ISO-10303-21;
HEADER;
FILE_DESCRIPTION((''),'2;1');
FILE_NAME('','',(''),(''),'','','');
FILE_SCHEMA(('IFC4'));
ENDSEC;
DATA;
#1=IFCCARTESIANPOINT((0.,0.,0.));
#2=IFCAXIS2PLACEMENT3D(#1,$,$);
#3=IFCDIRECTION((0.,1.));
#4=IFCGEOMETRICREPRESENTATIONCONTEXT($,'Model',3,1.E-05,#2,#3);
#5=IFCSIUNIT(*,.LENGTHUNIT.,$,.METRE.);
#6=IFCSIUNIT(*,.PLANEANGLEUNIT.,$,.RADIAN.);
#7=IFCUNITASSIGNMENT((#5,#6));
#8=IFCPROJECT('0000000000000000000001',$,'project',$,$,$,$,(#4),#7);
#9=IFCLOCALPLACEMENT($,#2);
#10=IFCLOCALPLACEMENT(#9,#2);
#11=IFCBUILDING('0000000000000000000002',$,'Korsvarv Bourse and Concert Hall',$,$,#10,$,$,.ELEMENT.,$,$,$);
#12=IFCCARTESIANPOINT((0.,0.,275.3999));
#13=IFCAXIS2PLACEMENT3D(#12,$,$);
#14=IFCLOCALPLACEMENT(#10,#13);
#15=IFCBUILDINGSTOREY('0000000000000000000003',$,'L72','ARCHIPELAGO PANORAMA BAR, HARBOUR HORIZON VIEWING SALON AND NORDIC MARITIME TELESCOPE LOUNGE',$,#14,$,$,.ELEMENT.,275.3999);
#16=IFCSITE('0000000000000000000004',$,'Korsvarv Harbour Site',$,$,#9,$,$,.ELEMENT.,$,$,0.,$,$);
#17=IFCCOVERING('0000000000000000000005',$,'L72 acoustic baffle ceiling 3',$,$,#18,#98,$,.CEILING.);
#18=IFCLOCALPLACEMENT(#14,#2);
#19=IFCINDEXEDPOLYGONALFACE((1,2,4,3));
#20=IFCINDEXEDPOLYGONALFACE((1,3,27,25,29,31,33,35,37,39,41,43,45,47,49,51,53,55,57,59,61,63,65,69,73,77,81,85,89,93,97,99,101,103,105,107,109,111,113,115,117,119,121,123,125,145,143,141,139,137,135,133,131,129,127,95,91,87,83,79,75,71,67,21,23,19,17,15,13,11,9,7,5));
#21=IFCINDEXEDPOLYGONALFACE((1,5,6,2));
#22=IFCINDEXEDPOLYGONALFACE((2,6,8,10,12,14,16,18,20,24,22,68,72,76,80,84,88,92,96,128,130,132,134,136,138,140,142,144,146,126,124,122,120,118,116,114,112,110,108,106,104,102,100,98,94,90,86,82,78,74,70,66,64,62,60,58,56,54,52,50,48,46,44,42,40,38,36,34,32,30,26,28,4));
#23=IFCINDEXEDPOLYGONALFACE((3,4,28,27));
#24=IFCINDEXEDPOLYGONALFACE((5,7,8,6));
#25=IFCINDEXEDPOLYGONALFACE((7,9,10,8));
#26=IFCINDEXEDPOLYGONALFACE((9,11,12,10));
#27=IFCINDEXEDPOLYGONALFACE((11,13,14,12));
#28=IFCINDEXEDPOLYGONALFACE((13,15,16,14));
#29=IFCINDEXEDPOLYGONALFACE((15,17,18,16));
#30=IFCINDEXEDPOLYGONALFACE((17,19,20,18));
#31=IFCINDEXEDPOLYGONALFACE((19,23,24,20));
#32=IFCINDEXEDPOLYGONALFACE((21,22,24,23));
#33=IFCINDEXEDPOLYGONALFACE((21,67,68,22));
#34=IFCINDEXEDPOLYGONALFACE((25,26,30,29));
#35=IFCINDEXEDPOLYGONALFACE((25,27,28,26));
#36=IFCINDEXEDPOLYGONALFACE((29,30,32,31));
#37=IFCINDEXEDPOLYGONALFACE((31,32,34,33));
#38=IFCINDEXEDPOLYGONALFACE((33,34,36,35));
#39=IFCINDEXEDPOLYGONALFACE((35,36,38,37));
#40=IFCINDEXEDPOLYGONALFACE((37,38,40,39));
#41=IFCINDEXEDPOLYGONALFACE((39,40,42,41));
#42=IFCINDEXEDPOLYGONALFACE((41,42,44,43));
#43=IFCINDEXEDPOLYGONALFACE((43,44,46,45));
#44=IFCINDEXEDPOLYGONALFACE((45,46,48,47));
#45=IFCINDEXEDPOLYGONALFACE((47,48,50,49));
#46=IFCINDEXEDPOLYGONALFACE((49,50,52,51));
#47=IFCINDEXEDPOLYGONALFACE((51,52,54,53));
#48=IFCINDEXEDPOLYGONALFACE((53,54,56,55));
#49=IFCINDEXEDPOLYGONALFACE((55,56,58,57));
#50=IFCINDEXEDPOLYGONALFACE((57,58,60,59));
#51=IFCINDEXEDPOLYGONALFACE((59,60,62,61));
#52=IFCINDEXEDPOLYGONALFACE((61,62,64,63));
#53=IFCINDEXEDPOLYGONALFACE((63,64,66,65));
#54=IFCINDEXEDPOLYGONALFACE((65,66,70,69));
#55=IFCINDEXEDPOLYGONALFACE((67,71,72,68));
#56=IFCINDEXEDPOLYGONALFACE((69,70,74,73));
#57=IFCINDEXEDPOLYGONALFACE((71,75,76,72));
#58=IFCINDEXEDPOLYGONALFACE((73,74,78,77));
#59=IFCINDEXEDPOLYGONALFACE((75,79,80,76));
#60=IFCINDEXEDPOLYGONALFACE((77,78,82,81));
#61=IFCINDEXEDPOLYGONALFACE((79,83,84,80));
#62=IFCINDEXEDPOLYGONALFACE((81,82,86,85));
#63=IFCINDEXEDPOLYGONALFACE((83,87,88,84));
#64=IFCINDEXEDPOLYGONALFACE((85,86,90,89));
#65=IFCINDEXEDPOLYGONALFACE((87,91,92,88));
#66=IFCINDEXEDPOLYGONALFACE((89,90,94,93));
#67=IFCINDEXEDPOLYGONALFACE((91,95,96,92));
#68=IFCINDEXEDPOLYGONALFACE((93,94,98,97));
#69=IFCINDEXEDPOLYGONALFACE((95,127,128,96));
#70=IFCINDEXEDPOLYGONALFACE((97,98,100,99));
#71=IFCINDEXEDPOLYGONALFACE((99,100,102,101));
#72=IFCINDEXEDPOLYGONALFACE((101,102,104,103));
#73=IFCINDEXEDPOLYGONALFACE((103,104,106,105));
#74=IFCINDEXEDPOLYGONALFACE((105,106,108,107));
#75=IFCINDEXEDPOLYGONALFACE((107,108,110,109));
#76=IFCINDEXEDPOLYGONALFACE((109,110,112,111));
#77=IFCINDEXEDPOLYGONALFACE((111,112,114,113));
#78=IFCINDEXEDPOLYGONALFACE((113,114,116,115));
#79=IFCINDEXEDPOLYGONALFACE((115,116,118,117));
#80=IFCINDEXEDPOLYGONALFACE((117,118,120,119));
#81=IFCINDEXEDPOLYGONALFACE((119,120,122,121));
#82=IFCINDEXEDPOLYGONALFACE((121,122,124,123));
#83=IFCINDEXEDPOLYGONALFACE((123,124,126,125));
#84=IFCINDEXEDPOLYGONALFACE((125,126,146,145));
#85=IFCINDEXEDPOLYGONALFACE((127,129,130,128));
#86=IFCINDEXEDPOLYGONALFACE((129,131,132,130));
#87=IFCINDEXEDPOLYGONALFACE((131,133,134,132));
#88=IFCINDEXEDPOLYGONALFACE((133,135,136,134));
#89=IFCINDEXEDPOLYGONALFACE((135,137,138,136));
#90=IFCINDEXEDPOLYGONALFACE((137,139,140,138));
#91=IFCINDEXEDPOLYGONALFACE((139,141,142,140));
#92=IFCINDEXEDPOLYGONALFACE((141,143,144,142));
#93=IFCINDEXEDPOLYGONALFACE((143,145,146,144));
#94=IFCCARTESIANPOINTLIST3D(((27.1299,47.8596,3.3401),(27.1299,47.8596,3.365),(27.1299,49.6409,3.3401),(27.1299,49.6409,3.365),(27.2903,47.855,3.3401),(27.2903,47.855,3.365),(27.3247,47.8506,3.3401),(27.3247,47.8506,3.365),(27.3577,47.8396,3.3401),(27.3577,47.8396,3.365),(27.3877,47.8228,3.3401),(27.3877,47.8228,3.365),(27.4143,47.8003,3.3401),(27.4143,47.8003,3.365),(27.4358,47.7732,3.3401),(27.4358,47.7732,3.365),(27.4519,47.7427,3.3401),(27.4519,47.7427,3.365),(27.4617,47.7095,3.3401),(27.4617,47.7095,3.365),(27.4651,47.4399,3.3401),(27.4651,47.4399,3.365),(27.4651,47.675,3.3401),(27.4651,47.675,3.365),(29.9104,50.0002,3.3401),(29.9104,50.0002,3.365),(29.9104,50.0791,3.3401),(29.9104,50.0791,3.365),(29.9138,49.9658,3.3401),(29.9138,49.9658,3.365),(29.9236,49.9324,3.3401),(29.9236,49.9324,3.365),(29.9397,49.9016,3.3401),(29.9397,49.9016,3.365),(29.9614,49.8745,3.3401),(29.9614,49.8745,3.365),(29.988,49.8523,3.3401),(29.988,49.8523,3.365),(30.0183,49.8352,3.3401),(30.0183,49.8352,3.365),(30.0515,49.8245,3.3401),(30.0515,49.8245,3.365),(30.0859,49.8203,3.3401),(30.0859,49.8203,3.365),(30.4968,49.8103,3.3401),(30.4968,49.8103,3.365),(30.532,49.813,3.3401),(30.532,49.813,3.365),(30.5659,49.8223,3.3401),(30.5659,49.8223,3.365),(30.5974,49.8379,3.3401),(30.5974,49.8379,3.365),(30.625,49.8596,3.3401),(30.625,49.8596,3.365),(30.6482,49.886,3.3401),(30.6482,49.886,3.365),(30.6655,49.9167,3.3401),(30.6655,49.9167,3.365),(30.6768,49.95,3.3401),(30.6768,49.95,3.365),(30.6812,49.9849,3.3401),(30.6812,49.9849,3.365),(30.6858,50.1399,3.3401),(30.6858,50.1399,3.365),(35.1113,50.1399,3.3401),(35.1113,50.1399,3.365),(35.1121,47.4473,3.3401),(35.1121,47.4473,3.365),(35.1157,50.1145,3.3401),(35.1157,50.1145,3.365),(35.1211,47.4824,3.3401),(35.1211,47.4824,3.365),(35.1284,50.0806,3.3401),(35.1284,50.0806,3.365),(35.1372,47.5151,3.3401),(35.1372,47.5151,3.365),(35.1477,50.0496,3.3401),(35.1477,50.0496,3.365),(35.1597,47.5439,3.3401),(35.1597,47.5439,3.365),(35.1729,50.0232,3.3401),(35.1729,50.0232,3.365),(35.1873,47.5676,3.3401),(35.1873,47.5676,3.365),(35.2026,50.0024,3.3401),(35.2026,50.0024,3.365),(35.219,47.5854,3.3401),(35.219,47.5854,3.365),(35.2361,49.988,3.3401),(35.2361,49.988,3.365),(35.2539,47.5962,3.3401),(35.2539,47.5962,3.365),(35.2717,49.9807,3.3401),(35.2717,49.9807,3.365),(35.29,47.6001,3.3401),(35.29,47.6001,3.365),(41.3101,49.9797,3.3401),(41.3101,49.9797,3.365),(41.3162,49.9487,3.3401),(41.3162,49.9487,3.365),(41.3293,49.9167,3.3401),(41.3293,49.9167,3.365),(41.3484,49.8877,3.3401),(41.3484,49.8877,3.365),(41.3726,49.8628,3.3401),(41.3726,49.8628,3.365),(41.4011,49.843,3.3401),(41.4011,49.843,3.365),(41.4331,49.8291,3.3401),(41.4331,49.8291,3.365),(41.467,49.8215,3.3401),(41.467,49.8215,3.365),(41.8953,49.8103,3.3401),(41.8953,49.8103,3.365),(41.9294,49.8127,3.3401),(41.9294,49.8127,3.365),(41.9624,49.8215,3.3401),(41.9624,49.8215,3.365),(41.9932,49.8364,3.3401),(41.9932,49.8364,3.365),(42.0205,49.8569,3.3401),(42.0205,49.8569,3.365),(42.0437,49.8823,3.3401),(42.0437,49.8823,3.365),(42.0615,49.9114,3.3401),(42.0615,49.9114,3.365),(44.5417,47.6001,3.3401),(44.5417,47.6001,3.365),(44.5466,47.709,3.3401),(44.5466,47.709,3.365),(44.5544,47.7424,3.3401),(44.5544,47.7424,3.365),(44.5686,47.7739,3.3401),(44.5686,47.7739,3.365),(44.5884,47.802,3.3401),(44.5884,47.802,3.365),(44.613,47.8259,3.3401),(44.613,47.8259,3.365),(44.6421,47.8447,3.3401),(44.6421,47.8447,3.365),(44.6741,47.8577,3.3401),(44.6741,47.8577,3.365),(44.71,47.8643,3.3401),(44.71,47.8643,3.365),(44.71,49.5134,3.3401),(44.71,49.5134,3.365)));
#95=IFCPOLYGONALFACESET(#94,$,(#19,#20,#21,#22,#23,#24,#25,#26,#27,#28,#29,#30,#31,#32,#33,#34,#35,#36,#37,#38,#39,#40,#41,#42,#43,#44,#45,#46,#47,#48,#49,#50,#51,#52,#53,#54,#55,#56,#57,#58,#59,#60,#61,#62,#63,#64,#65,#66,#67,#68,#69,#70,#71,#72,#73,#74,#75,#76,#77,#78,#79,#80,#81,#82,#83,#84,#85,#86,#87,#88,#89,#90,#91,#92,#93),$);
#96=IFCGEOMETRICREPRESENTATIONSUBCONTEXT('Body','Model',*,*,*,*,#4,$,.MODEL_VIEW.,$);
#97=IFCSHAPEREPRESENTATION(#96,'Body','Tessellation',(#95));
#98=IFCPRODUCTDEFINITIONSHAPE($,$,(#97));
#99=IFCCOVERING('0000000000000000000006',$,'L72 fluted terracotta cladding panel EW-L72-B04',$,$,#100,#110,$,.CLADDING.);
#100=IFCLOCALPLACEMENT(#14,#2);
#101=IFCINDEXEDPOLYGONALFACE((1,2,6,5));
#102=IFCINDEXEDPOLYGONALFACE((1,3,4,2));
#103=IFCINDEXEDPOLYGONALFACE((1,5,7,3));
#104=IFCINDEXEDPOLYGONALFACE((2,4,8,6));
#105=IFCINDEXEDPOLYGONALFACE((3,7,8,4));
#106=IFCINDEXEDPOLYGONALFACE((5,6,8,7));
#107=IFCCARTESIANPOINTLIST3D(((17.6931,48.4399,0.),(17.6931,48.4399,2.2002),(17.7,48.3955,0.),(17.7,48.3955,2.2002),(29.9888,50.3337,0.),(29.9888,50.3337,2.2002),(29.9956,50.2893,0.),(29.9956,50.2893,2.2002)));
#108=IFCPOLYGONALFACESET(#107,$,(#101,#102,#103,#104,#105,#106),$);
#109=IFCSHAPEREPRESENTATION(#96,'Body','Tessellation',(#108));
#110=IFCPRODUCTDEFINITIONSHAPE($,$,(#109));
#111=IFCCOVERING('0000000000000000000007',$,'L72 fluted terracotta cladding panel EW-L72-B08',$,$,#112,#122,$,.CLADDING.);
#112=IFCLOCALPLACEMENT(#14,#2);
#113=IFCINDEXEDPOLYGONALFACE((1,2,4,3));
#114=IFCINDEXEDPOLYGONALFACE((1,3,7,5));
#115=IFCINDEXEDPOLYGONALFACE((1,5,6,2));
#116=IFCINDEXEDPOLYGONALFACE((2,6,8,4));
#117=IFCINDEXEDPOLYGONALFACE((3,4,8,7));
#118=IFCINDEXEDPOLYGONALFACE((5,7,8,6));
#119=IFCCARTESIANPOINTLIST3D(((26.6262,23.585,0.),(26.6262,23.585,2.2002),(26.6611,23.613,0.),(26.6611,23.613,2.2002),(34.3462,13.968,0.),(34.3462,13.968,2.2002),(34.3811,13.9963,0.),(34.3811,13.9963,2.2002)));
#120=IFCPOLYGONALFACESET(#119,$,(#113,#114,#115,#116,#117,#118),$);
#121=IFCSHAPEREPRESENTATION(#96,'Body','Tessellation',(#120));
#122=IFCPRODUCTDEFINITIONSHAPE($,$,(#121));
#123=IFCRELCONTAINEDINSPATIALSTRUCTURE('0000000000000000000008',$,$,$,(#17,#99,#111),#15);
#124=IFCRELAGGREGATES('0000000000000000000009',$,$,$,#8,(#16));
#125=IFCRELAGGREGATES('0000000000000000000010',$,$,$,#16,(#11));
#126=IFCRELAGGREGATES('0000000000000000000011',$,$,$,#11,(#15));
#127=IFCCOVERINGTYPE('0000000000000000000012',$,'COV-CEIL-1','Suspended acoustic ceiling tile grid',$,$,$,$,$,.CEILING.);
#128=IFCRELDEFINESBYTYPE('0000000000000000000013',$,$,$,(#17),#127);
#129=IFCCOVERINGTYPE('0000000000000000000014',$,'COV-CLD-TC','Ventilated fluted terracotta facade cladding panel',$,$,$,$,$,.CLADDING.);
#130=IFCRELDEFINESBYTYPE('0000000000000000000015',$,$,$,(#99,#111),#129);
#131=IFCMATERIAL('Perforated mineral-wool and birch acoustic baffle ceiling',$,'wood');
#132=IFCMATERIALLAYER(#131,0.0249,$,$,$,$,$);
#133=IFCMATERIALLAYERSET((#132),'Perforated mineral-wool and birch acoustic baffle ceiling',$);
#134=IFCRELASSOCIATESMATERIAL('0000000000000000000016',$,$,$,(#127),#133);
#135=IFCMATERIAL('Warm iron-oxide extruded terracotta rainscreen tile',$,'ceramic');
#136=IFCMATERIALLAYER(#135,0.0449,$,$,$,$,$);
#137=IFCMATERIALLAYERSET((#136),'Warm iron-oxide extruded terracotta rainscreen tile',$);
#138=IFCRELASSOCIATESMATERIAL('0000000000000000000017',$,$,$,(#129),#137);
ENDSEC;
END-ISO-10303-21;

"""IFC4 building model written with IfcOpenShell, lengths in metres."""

from ifc_helpers import new_model, si_unit, direction, frame, origin, place, context, subcontext, project, spatial, polyline, outline, extrude, material, layer, layer_set, type_object, element, save


model = new_model("IFC4")

# Units and contexts
model_context = context("Model", 3, precision=1e-05, world=origin(), true_north=direction((0.0, 1.0)))
body_context = subcontext(model_context, "Body", "Model", "MODEL_VIEW")
ifc_project = project(units=[si_unit("LENGTHUNIT", "METRE"), si_unit("PLANEANGLEUNIT", "RADIAN")], contexts=[model_context])

# Site, building, storey
site_placement = place(None, origin())
site = spatial("IfcSite", under=ifc_project, at=site_placement, Name="Korsvarv Harbour Site", CompositionType="ELEMENT", RefElevation=0.0)
building_placement = place(site_placement, origin())
building = spatial("IfcBuilding", under=site, at=building_placement, Name="Korsvarv Bourse and Concert Hall", CompositionType="ELEMENT")
storey_placement = place(building_placement, frame((0.0, 0.0, 275.3999)))
storey = spatial("IfcBuildingStorey", under=building, at=storey_placement, Name="L72", Description="ARCHIPELAGO PANORAMA BAR, HARBOUR HORIZON VIEWING SALON AND NORDIC MARITIME TELESCOPE LOUNGE", CompositionType="ELEMENT", Elevation=275.3999)

# Coverings
ifc_material_1 = material(Name="Perforated mineral-wool and birch acoustic baffle ceiling", Category="wood")
ifc_layer_1 = layer(ifc_material_1, 0.0249)
ifc_layer_set_1 = layer_set([ifc_layer_1], Name="Perforated mineral-wool and birch acoustic baffle ceiling")
covering_type_1 = type_object("IfcCoveringType", Name="COV-CEIL-1", Description="Suspended acoustic ceiling tile grid", PredefinedType="CEILING", material=ifc_layer_set_1)
covering_1_placement = place(storey_placement, frame((0.0, 0.0, 3.3401)))
element("IfcCovering", 1, at=covering_1_placement, inside=storey, type_object=covering_type_1, Name="L72 acoustic baffle ceiling 3", PredefinedType="CEILING", context=body_context, shape_type="SweptSolid", body=[
    extrude(outline(polyline([(29.9104, 50.0791), (29.9104, 50.0002), (29.9138, 49.9658), (29.9236, 49.9324), (29.9397, 49.9016), (29.9614, 49.8745), (29.988, 49.8523), (30.0183, 49.8352), (30.0515, 49.8245), (30.0859, 49.8203), (30.4968, 49.8103), (30.532, 49.813), (30.5659, 49.8223), (30.5974, 49.8379), (30.625, 49.8596), (30.6482, 49.886), (30.6655, 49.9167), (30.6768, 49.95), (30.6812, 49.9849), (30.6858, 50.1399), (35.1113, 50.1399), (35.1157, 50.1145), (35.1284, 50.0806), (35.1477, 50.0496), (35.1729, 50.0232), (35.2026, 50.0024), (35.2361, 49.988), (35.2717, 49.9807), (41.3101, 49.9797), (41.3162, 49.9487), (41.3293, 49.9167), (41.3484, 49.8877), (41.3726, 49.8628), (41.4011, 49.843), (41.4331, 49.8291), (41.467, 49.8215), (41.8953, 49.8103), (41.9294, 49.8127), (41.9624, 49.8215), (41.9932, 49.8364), (42.0205, 49.8569), (42.0437, 49.8823), (42.0615, 49.9114), (44.71, 49.5134), (44.71, 47.8643), (44.6741, 47.8577), (44.6421, 47.8447), (44.613, 47.8259), (44.5884, 47.802), (44.5686, 47.7739), (44.5544, 47.7424), (44.5466, 47.709), (44.5417, 47.6001), (35.29, 47.6001), (35.2539, 47.5962), (35.219, 47.5854), (35.1873, 47.5676), (35.1597, 47.5439), (35.1372, 47.5151), (35.1211, 47.4824), (35.1121, 47.4473), (27.4651, 47.4399), (27.4651, 47.675), (27.4617, 47.7095), (27.4519, 47.7427), (27.4358, 47.7732), (27.4143, 47.8003), (27.3877, 47.8228), (27.3577, 47.8396), (27.3247, 47.8506), (27.2903, 47.855), (27.1299, 47.8596), (27.1299, 49.6409), (29.9104, 50.0791)])), origin(), (0.0, 0.0, 1.0), 0.0249),
])
ifc_material_2 = material(Name="Warm iron-oxide extruded terracotta rainscreen tile", Category="ceramic")
ifc_layer_2 = layer(ifc_material_2, 0.0449)
ifc_layer_set_2 = layer_set([ifc_layer_2], Name="Warm iron-oxide extruded terracotta rainscreen tile")
covering_type_2 = type_object("IfcCoveringType", Name="COV-CLD-TC", Description="Ventilated fluted terracotta facade cladding panel", PredefinedType="CLADDING", material=ifc_layer_set_2)
covering_2_placement = place(storey_placement, origin())
element("IfcCovering", 2, at=covering_2_placement, inside=storey, type_object=covering_type_2, Name="L72 fluted terracotta cladding panel EW-L72-B04", PredefinedType="CLADDING", context=body_context, shape_type="SweptSolid", body=[
    extrude(outline(polyline([(29.9956, 50.2893), (17.7, 48.3955), (17.6931, 48.4399), (29.9888, 50.3337), (29.9956, 50.2893)])), origin(), (0.0, 0.0, 1.0), 2.2002),
])
covering_3_placement = place(storey_placement, origin())
element("IfcCovering", 3, at=covering_3_placement, inside=storey, type_object=covering_type_2, Name="L72 fluted terracotta cladding panel EW-L72-B08", PredefinedType="CLADDING", context=body_context, shape_type="SweptSolid", body=[
    extrude(outline(polyline([(26.6611, 23.613), (34.3811, 13.9963), (34.3462, 13.968), (26.6262, 23.585), (26.6611, 23.613)])), origin(), (0.0, 0.0, 1.0), 2.2002),
])

save(model, "model.ifc")
